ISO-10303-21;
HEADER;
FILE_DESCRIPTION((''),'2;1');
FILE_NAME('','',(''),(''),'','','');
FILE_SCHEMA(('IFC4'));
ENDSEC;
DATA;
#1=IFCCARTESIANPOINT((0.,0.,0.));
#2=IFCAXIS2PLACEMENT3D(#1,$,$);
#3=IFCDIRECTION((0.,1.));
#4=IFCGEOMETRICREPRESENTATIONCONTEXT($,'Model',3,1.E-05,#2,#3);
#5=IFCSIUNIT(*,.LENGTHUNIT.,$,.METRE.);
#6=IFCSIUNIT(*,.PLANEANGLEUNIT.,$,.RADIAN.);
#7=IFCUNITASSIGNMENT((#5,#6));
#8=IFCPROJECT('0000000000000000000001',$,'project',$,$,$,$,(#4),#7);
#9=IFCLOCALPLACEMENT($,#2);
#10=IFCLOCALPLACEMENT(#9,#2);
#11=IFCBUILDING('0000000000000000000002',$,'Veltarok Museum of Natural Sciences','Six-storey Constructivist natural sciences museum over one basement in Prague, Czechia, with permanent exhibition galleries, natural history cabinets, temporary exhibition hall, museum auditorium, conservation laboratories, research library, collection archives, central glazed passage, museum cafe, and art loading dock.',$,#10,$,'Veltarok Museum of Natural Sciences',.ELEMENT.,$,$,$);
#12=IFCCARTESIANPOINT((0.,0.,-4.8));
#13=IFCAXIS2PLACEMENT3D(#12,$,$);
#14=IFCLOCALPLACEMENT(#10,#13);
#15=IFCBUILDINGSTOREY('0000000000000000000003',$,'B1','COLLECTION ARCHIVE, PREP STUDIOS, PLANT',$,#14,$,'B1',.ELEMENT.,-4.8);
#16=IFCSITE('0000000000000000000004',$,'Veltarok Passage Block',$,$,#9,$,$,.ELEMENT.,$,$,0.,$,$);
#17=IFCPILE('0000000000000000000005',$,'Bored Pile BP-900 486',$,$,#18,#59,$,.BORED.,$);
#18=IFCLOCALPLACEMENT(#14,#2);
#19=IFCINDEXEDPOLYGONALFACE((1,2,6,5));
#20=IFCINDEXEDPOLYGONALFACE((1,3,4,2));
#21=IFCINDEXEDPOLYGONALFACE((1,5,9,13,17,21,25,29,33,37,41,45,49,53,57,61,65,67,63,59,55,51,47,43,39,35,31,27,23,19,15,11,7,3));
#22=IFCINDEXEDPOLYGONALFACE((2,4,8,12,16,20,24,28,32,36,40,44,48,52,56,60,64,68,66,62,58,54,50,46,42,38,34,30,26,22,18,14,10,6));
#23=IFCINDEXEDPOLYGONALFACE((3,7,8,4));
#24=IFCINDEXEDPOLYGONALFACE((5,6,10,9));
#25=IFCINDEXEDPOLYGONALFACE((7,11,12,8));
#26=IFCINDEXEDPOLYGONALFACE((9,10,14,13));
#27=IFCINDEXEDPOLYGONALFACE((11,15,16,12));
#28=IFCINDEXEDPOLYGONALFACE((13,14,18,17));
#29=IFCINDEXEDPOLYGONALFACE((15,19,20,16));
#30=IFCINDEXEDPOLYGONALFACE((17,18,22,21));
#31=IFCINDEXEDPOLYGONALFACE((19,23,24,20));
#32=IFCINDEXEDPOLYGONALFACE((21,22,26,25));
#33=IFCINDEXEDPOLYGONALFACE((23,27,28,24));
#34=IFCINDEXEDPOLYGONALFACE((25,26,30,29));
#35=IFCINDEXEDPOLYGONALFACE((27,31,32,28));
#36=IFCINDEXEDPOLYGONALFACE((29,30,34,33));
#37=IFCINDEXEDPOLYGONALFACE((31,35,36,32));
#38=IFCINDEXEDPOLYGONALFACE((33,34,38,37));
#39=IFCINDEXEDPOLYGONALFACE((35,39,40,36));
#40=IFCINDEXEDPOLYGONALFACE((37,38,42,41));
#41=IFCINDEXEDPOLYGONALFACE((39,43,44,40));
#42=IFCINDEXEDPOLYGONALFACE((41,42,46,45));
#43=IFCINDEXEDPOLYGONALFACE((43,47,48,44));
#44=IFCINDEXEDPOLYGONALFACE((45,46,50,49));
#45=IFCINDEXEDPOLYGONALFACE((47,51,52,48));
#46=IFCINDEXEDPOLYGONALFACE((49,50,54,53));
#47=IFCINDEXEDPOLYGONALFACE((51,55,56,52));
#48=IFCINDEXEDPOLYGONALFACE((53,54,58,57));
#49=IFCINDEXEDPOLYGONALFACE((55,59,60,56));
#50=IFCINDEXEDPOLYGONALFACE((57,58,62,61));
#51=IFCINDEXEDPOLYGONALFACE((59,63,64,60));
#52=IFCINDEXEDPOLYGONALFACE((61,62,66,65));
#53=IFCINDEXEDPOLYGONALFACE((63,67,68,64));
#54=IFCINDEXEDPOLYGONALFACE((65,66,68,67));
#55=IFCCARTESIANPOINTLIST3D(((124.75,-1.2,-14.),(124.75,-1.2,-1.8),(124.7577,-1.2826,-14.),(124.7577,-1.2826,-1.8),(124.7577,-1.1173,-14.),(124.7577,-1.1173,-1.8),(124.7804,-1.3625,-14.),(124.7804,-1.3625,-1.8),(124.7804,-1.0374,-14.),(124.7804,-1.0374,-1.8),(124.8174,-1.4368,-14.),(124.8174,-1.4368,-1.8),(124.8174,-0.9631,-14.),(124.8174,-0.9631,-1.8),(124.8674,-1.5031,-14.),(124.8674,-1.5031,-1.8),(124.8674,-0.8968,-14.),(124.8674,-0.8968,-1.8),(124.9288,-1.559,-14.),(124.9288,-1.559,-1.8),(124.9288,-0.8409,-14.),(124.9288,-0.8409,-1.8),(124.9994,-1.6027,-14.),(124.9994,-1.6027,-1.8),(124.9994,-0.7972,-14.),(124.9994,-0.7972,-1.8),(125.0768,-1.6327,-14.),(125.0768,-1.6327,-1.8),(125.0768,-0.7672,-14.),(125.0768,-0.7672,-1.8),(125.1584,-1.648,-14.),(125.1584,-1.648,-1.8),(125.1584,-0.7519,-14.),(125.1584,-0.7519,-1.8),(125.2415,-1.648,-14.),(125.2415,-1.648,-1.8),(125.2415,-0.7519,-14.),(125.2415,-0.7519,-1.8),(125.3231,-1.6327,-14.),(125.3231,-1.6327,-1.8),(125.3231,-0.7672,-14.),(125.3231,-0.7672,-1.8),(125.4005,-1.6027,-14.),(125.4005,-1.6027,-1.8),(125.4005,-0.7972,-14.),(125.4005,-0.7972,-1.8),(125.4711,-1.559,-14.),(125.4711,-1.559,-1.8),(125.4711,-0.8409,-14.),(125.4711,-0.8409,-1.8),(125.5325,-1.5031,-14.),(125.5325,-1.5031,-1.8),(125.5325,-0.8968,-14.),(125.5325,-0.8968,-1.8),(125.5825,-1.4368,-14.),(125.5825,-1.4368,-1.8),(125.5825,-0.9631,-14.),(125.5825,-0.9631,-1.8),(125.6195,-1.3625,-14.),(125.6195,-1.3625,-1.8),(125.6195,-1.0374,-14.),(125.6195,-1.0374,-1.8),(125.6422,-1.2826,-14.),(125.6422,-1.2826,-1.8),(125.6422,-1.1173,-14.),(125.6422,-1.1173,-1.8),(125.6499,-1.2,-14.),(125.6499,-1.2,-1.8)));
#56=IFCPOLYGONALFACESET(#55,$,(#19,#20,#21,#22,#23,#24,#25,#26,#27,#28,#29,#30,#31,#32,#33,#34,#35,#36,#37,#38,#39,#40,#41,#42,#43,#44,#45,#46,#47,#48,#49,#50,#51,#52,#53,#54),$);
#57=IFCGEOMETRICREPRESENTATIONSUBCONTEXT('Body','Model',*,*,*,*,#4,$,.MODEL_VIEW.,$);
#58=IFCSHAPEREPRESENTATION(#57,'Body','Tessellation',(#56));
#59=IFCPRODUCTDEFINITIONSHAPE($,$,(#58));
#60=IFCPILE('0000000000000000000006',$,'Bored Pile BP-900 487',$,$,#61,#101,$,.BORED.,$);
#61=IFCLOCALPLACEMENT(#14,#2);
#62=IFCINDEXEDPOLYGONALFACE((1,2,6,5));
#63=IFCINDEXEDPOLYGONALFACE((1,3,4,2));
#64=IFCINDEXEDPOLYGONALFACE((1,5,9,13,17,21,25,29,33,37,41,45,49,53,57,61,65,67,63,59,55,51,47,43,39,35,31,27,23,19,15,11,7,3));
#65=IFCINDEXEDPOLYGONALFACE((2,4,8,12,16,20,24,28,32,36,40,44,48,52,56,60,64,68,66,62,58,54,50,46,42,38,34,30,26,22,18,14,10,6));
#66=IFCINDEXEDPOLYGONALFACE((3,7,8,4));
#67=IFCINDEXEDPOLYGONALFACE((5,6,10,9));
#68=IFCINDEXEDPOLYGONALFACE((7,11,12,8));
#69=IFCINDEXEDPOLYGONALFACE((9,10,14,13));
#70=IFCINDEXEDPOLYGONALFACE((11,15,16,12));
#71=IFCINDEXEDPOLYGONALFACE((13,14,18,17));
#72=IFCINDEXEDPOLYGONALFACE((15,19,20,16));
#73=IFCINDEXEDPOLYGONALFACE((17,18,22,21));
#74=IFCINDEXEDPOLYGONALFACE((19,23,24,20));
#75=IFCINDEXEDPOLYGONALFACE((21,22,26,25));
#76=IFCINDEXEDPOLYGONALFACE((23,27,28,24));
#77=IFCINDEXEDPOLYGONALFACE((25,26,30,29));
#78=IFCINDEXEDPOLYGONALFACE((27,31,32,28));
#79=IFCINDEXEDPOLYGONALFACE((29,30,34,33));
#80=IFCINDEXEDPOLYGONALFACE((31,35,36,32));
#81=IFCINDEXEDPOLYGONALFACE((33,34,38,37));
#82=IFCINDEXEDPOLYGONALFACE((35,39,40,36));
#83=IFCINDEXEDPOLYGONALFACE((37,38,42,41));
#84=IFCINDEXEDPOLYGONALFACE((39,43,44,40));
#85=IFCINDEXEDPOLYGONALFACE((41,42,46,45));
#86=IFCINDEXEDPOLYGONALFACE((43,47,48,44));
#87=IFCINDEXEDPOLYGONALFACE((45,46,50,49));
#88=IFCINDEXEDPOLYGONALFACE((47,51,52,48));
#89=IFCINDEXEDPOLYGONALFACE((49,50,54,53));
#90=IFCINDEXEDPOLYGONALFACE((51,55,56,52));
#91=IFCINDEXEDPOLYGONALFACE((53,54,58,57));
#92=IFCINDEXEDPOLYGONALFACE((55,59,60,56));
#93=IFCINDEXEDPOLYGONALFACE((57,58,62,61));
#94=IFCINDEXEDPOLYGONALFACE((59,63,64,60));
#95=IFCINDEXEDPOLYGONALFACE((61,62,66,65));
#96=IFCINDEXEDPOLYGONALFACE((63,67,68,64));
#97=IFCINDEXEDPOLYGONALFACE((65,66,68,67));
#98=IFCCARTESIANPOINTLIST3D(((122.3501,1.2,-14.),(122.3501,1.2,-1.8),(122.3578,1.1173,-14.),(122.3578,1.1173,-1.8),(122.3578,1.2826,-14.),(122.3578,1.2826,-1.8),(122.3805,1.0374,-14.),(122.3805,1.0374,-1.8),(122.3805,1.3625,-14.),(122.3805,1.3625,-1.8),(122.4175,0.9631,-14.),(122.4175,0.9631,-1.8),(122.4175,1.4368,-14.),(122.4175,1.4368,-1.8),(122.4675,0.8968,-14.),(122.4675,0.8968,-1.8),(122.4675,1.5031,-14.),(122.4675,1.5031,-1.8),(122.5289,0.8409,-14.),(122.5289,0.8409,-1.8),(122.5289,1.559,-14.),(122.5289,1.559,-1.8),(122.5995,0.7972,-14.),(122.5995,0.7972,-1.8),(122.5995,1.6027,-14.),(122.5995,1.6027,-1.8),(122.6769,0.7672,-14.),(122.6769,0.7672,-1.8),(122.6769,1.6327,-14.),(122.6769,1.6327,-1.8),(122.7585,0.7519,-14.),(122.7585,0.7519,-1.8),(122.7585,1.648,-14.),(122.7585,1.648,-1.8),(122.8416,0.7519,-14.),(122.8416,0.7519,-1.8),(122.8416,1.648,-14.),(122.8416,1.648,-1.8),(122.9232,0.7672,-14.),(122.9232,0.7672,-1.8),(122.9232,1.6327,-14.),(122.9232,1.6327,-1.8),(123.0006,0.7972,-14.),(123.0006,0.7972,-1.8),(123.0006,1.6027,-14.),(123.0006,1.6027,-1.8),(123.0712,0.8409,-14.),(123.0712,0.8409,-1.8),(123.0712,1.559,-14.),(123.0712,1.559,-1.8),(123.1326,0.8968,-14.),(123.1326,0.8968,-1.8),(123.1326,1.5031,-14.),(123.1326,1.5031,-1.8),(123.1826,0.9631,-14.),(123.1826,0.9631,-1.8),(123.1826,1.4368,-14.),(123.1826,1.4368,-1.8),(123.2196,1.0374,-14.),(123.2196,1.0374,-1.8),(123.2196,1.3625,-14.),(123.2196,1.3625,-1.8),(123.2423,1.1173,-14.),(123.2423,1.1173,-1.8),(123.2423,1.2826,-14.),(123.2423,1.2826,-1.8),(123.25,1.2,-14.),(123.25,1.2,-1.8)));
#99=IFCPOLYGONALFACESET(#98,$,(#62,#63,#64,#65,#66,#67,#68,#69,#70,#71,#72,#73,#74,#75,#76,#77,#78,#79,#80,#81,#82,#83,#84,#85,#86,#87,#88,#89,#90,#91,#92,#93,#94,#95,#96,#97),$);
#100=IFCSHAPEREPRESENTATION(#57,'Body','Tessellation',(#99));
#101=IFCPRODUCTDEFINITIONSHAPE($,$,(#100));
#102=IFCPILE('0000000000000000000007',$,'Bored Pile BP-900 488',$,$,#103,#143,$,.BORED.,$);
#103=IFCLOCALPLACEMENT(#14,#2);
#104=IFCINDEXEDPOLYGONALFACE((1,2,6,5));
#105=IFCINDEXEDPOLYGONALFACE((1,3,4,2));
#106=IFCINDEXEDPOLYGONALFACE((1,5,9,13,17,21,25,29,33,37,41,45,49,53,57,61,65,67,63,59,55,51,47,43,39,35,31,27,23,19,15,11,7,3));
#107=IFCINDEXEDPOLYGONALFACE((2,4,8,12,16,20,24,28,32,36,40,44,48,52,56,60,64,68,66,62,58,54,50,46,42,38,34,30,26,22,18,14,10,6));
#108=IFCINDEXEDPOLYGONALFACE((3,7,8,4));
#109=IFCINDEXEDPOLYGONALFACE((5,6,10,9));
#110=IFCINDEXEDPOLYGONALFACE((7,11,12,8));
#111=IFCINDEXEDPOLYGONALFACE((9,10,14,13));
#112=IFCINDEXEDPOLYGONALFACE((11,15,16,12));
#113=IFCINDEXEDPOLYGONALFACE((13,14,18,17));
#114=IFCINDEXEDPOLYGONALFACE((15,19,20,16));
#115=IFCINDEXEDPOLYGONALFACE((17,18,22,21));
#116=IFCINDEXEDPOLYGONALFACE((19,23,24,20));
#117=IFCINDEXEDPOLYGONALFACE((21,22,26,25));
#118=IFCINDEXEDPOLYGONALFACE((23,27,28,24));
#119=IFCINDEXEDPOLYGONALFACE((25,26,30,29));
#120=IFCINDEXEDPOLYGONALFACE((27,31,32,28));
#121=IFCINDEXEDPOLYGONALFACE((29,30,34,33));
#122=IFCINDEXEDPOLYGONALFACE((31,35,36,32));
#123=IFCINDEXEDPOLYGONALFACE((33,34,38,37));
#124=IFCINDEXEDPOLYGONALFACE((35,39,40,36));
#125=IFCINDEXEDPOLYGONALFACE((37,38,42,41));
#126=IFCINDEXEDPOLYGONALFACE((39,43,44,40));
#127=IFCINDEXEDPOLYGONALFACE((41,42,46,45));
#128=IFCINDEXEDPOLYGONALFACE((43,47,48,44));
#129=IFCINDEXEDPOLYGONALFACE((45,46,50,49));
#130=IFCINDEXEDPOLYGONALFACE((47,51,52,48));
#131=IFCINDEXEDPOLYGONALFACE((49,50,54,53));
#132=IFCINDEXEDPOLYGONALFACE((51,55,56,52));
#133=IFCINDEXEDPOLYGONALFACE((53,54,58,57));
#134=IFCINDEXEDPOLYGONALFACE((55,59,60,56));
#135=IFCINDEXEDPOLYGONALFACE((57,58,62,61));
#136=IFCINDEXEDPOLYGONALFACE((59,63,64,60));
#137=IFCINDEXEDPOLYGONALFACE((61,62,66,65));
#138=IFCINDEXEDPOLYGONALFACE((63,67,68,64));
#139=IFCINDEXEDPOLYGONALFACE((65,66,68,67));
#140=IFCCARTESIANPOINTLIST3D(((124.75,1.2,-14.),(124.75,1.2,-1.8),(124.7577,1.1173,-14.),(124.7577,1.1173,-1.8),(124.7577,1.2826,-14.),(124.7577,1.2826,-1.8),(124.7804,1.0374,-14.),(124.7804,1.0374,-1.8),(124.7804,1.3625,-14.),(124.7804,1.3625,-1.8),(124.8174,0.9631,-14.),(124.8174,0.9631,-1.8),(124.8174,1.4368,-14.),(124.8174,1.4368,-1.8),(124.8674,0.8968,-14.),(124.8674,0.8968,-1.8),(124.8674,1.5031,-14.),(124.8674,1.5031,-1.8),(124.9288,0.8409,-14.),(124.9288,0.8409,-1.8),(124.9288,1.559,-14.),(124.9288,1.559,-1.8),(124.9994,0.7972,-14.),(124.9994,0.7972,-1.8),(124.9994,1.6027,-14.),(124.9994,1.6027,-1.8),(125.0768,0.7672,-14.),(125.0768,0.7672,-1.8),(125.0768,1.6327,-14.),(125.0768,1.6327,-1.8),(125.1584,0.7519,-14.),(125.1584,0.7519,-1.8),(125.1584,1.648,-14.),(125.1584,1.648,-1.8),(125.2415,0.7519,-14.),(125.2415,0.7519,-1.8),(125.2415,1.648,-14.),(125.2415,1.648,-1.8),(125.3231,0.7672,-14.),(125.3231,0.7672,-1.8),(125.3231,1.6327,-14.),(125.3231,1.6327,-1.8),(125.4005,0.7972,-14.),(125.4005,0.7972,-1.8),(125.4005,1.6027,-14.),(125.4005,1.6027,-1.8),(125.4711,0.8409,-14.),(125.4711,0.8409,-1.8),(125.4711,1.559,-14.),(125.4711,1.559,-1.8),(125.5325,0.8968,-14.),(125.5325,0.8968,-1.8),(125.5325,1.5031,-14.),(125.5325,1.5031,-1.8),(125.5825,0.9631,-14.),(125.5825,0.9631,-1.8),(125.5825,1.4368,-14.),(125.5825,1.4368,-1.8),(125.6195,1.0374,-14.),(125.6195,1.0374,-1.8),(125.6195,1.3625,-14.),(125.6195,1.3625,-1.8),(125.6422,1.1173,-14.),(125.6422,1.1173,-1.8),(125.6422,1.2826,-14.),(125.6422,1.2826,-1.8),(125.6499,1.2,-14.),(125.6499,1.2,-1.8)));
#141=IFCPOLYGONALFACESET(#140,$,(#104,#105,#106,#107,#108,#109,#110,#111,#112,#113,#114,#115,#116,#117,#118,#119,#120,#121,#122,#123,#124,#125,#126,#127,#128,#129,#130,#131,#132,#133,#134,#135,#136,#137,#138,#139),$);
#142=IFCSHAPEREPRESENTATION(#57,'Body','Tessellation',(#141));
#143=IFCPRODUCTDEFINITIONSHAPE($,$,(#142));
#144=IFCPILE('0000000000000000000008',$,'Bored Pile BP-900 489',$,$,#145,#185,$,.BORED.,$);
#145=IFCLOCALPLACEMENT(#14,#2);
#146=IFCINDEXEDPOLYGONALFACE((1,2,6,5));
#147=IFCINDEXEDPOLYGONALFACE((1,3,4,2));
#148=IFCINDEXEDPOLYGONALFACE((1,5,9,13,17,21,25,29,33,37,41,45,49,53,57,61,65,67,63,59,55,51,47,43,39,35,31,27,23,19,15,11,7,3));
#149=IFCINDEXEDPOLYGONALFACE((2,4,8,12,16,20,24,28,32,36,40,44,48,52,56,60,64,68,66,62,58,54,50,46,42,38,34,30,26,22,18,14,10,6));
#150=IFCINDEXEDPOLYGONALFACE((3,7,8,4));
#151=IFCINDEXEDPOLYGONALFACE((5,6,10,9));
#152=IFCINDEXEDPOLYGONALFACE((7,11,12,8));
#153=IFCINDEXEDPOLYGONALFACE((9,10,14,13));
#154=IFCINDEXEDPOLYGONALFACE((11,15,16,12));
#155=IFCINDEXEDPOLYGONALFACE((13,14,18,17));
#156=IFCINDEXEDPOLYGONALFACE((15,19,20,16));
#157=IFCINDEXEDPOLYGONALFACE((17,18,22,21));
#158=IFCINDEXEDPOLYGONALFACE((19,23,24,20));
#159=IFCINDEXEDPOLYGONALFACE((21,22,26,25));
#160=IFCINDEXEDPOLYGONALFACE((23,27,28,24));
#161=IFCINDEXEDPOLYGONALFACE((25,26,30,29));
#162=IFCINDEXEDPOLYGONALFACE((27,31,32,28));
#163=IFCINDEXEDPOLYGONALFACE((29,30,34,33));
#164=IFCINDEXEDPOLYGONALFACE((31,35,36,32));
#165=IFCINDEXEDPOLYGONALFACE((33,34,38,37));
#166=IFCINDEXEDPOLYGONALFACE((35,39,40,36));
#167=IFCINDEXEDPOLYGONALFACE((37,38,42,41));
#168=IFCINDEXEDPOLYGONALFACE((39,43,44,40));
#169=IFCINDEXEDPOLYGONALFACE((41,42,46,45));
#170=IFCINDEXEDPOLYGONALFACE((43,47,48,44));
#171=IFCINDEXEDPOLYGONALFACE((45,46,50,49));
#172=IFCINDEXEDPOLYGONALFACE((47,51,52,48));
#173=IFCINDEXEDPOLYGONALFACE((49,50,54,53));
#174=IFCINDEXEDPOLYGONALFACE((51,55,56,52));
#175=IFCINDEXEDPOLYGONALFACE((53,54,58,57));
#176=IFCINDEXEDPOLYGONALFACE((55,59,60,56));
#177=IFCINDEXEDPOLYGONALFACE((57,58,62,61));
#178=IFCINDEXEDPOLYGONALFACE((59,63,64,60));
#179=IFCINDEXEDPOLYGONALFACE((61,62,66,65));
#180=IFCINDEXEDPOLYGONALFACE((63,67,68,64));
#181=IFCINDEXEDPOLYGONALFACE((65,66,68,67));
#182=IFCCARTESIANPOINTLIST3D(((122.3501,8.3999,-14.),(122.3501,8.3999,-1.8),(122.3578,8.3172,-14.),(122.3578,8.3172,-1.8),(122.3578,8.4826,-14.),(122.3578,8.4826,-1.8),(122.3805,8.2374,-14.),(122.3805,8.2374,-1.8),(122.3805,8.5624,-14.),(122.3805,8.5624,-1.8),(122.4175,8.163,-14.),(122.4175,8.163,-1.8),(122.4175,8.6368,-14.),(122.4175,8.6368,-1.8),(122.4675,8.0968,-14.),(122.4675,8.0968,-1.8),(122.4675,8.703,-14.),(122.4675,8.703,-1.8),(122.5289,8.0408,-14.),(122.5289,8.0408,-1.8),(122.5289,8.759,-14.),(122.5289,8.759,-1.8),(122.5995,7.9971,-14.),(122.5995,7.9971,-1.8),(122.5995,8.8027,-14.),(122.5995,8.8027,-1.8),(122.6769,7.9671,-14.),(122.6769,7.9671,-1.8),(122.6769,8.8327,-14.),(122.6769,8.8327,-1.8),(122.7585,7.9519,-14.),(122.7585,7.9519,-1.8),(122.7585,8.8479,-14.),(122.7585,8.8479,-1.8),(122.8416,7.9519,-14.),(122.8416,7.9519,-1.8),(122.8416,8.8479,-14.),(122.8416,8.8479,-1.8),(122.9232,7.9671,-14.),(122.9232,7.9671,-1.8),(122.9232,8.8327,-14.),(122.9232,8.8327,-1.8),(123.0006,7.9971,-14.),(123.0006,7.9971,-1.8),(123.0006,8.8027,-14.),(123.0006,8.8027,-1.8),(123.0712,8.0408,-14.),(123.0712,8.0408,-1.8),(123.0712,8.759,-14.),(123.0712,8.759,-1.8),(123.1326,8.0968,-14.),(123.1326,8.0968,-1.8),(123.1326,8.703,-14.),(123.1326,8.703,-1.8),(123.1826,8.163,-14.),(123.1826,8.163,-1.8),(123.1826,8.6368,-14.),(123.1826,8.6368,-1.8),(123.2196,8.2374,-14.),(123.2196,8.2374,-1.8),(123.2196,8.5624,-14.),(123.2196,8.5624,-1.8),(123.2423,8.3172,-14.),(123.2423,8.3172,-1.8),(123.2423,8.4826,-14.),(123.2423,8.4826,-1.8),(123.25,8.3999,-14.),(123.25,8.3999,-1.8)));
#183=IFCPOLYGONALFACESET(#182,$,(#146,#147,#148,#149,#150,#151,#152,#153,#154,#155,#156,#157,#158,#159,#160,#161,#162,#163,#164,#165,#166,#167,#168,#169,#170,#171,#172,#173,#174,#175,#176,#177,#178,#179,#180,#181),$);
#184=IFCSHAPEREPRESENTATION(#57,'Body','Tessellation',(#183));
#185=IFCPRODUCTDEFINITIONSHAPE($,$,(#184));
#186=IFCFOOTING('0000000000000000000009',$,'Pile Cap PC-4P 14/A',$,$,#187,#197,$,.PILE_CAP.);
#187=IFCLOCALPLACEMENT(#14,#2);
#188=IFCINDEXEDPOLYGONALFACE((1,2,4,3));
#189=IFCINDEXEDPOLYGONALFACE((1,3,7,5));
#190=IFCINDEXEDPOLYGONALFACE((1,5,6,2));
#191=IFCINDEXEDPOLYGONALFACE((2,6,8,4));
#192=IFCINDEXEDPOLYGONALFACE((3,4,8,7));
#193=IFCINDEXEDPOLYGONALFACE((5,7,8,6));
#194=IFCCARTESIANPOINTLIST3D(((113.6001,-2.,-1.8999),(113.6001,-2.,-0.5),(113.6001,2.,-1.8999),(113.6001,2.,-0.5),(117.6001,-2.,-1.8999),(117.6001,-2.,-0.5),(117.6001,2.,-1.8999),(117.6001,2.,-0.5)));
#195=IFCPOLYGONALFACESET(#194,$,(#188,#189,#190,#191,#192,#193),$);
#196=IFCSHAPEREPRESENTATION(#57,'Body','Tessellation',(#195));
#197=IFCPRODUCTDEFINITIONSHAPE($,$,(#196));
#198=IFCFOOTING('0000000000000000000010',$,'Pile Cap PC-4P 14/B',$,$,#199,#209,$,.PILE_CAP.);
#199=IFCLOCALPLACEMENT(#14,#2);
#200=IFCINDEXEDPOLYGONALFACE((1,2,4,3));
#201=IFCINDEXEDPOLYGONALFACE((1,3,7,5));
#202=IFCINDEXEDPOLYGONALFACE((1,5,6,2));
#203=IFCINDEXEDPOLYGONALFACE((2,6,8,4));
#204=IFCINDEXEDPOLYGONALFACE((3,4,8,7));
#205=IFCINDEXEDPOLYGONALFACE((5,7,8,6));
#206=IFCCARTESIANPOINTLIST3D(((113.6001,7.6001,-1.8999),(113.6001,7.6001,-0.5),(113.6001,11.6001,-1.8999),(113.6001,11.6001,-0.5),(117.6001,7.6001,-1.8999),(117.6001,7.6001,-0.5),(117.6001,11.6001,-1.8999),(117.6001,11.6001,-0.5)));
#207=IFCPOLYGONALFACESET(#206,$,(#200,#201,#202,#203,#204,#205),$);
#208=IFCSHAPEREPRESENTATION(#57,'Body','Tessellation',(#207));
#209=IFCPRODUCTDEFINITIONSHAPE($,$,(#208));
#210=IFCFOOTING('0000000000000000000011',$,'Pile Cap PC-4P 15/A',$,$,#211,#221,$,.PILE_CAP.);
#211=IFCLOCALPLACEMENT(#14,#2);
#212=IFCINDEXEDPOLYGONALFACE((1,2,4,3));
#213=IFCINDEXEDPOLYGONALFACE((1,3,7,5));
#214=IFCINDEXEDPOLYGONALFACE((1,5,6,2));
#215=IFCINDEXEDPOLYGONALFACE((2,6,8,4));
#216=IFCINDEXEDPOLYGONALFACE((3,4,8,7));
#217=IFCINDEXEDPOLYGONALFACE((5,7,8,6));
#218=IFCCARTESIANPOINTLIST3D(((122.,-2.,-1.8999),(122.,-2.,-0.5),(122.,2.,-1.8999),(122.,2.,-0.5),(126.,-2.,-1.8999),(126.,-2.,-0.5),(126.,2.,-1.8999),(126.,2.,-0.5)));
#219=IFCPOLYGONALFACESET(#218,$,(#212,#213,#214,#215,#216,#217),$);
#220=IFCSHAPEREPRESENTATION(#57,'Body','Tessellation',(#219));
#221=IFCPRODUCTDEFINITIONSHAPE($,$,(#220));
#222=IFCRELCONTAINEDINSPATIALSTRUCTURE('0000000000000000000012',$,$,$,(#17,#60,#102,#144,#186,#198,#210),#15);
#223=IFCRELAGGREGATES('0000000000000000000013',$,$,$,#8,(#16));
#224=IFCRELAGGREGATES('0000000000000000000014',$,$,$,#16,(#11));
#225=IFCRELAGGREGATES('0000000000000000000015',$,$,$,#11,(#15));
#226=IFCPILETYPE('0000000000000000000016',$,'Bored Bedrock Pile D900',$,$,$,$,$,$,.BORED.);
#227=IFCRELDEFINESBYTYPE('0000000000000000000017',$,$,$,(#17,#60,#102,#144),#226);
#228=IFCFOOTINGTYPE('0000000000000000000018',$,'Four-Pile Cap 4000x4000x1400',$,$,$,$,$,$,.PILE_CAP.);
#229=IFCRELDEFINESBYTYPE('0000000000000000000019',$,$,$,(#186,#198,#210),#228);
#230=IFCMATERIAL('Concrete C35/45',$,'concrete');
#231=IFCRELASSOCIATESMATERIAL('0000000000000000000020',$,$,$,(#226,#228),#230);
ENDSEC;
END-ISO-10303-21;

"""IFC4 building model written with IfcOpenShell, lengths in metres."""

from ifc_helpers import new_model, si_unit, direction, frame, origin, origin_2d, place, context, subcontext, project, spatial, rectangle, circle, extrude, material, material_profile, profile_set, type_object, element, save


model = new_model("IFC4")

# Units and contexts
model_context = context("Model", 3, precision=1e-05, world=origin(), true_north=direction((0.0, 1.0)))
body_context = subcontext(model_context, "Body", "Model", "MODEL_VIEW")
ifc_project = project(units=[si_unit("LENGTHUNIT", "METRE"), si_unit("PLANEANGLEUNIT", "RADIAN")], contexts=[model_context])

# Site, building, storey
site_placement = place(None, origin())
site = spatial("IfcSite", under=ifc_project, at=site_placement, Name="Veltarok Passage Block", CompositionType="ELEMENT", RefElevation=0.0)
building_placement = place(site_placement, origin())
building = spatial("IfcBuilding", under=site, at=building_placement, Name="Veltarok Museum of Natural Sciences", Description="Six-storey Constructivist natural sciences museum over one basement in Prague, Czechia, with permanent exhibition galleries, natural history cabinets, temporary exhibition hall, museum auditorium, conservation laboratories, research library, collection archives, central glazed passage, museum cafe, and art loading dock.", LongName="Veltarok Museum of Natural Sciences", CompositionType="ELEMENT")
storey_placement = place(building_placement, frame((0.0, 0.0, -4.8)))
storey = spatial("IfcBuildingStorey", under=building, at=storey_placement, Name="B1", Description="COLLECTION ARCHIVE, PREP STUDIOS, PLANT", LongName="B1", CompositionType="ELEMENT", Elevation=-4.8)

# Piles
ifc_material_1 = material(Name="Concrete C35/45", Category="concrete")
ifc_material_profile_1 = material_profile(ifc_material_1, circle(Radius=0.45, at=origin_2d()), Name="BP D900")
ifc_profile_set_1 = profile_set([ifc_material_profile_1], Name="Concrete C35/45")
pile_type = type_object("IfcPileType", Name="Bored Bedrock Pile D900", PredefinedType="BORED", material=ifc_profile_set_1)
for number, where, z_axis, x_axis, name in (
    (1, (125.2, -1.2, -1.8), (0.0, 0.0, -1.0), (1.0, 0.0, 0.0), "Bored Pile BP-900 486"),
    (2, (122.8, 1.2, -1.8), (0.0, 0.0, -1.0), (1.0, 0.0, 0.0), "Bored Pile BP-900 487"),
    (3, (125.2, 1.2, -1.8), (0.0, 0.0, -1.0), (1.0, 0.0, 0.0), "Bored Pile BP-900 488"),
    (4, (122.8, 8.3999, -1.8), (0.0, 0.0, -1.0), (1.0, 0.0, 0.0), "Bored Pile BP-900 489"),
):
    element("IfcPile", number, at=place(storey_placement, frame(where, z_axis=z_axis, x_axis=x_axis)), inside=storey, type_object=pile_type, Name=name, PredefinedType="BORED", context=body_context, shape_type="SweptSolid", body=[
        extrude(circle(Radius=0.45, at=origin_2d()), origin(), (0.0, 0.0, 1.0), 12.2),
    ])

# Footings
footing_type_1 = type_object("IfcFootingType", Name="Four-Pile Cap 4000x4000x1400", PredefinedType="PILE_CAP", material=ifc_material_1)
for number, where, z_axis, x_axis, name in (
    (5, (115.6001, 0.0, -1.8999), (0.0, 0.0, 1.0), (1.0, 0.0, 0.0), "Pile Cap PC-4P 14/A"),
    (6, (115.6001, 9.6001, -1.8999), (0.0, 0.0, 1.0), (1.0, 0.0, 0.0), "Pile Cap PC-4P 14/B"),
    (7, (124.0, 0.0, -1.8999), (0.0, 0.0, 1.0), (1.0, 0.0, 0.0), "Pile Cap PC-4P 15/A"),
):
    element("IfcFooting", number, at=place(storey_placement, frame(where, z_axis=z_axis, x_axis=x_axis)), inside=storey, type_object=footing_type_1, Name=name, PredefinedType="PILE_CAP", context=body_context, shape_type="SweptSolid", body=[
        extrude(rectangle(XDim=4.0, YDim=4.0, at=origin_2d()), origin(), (0.0, 0.0, 1.0), 1.3999),
    ])

save(model, "model.ifc")
